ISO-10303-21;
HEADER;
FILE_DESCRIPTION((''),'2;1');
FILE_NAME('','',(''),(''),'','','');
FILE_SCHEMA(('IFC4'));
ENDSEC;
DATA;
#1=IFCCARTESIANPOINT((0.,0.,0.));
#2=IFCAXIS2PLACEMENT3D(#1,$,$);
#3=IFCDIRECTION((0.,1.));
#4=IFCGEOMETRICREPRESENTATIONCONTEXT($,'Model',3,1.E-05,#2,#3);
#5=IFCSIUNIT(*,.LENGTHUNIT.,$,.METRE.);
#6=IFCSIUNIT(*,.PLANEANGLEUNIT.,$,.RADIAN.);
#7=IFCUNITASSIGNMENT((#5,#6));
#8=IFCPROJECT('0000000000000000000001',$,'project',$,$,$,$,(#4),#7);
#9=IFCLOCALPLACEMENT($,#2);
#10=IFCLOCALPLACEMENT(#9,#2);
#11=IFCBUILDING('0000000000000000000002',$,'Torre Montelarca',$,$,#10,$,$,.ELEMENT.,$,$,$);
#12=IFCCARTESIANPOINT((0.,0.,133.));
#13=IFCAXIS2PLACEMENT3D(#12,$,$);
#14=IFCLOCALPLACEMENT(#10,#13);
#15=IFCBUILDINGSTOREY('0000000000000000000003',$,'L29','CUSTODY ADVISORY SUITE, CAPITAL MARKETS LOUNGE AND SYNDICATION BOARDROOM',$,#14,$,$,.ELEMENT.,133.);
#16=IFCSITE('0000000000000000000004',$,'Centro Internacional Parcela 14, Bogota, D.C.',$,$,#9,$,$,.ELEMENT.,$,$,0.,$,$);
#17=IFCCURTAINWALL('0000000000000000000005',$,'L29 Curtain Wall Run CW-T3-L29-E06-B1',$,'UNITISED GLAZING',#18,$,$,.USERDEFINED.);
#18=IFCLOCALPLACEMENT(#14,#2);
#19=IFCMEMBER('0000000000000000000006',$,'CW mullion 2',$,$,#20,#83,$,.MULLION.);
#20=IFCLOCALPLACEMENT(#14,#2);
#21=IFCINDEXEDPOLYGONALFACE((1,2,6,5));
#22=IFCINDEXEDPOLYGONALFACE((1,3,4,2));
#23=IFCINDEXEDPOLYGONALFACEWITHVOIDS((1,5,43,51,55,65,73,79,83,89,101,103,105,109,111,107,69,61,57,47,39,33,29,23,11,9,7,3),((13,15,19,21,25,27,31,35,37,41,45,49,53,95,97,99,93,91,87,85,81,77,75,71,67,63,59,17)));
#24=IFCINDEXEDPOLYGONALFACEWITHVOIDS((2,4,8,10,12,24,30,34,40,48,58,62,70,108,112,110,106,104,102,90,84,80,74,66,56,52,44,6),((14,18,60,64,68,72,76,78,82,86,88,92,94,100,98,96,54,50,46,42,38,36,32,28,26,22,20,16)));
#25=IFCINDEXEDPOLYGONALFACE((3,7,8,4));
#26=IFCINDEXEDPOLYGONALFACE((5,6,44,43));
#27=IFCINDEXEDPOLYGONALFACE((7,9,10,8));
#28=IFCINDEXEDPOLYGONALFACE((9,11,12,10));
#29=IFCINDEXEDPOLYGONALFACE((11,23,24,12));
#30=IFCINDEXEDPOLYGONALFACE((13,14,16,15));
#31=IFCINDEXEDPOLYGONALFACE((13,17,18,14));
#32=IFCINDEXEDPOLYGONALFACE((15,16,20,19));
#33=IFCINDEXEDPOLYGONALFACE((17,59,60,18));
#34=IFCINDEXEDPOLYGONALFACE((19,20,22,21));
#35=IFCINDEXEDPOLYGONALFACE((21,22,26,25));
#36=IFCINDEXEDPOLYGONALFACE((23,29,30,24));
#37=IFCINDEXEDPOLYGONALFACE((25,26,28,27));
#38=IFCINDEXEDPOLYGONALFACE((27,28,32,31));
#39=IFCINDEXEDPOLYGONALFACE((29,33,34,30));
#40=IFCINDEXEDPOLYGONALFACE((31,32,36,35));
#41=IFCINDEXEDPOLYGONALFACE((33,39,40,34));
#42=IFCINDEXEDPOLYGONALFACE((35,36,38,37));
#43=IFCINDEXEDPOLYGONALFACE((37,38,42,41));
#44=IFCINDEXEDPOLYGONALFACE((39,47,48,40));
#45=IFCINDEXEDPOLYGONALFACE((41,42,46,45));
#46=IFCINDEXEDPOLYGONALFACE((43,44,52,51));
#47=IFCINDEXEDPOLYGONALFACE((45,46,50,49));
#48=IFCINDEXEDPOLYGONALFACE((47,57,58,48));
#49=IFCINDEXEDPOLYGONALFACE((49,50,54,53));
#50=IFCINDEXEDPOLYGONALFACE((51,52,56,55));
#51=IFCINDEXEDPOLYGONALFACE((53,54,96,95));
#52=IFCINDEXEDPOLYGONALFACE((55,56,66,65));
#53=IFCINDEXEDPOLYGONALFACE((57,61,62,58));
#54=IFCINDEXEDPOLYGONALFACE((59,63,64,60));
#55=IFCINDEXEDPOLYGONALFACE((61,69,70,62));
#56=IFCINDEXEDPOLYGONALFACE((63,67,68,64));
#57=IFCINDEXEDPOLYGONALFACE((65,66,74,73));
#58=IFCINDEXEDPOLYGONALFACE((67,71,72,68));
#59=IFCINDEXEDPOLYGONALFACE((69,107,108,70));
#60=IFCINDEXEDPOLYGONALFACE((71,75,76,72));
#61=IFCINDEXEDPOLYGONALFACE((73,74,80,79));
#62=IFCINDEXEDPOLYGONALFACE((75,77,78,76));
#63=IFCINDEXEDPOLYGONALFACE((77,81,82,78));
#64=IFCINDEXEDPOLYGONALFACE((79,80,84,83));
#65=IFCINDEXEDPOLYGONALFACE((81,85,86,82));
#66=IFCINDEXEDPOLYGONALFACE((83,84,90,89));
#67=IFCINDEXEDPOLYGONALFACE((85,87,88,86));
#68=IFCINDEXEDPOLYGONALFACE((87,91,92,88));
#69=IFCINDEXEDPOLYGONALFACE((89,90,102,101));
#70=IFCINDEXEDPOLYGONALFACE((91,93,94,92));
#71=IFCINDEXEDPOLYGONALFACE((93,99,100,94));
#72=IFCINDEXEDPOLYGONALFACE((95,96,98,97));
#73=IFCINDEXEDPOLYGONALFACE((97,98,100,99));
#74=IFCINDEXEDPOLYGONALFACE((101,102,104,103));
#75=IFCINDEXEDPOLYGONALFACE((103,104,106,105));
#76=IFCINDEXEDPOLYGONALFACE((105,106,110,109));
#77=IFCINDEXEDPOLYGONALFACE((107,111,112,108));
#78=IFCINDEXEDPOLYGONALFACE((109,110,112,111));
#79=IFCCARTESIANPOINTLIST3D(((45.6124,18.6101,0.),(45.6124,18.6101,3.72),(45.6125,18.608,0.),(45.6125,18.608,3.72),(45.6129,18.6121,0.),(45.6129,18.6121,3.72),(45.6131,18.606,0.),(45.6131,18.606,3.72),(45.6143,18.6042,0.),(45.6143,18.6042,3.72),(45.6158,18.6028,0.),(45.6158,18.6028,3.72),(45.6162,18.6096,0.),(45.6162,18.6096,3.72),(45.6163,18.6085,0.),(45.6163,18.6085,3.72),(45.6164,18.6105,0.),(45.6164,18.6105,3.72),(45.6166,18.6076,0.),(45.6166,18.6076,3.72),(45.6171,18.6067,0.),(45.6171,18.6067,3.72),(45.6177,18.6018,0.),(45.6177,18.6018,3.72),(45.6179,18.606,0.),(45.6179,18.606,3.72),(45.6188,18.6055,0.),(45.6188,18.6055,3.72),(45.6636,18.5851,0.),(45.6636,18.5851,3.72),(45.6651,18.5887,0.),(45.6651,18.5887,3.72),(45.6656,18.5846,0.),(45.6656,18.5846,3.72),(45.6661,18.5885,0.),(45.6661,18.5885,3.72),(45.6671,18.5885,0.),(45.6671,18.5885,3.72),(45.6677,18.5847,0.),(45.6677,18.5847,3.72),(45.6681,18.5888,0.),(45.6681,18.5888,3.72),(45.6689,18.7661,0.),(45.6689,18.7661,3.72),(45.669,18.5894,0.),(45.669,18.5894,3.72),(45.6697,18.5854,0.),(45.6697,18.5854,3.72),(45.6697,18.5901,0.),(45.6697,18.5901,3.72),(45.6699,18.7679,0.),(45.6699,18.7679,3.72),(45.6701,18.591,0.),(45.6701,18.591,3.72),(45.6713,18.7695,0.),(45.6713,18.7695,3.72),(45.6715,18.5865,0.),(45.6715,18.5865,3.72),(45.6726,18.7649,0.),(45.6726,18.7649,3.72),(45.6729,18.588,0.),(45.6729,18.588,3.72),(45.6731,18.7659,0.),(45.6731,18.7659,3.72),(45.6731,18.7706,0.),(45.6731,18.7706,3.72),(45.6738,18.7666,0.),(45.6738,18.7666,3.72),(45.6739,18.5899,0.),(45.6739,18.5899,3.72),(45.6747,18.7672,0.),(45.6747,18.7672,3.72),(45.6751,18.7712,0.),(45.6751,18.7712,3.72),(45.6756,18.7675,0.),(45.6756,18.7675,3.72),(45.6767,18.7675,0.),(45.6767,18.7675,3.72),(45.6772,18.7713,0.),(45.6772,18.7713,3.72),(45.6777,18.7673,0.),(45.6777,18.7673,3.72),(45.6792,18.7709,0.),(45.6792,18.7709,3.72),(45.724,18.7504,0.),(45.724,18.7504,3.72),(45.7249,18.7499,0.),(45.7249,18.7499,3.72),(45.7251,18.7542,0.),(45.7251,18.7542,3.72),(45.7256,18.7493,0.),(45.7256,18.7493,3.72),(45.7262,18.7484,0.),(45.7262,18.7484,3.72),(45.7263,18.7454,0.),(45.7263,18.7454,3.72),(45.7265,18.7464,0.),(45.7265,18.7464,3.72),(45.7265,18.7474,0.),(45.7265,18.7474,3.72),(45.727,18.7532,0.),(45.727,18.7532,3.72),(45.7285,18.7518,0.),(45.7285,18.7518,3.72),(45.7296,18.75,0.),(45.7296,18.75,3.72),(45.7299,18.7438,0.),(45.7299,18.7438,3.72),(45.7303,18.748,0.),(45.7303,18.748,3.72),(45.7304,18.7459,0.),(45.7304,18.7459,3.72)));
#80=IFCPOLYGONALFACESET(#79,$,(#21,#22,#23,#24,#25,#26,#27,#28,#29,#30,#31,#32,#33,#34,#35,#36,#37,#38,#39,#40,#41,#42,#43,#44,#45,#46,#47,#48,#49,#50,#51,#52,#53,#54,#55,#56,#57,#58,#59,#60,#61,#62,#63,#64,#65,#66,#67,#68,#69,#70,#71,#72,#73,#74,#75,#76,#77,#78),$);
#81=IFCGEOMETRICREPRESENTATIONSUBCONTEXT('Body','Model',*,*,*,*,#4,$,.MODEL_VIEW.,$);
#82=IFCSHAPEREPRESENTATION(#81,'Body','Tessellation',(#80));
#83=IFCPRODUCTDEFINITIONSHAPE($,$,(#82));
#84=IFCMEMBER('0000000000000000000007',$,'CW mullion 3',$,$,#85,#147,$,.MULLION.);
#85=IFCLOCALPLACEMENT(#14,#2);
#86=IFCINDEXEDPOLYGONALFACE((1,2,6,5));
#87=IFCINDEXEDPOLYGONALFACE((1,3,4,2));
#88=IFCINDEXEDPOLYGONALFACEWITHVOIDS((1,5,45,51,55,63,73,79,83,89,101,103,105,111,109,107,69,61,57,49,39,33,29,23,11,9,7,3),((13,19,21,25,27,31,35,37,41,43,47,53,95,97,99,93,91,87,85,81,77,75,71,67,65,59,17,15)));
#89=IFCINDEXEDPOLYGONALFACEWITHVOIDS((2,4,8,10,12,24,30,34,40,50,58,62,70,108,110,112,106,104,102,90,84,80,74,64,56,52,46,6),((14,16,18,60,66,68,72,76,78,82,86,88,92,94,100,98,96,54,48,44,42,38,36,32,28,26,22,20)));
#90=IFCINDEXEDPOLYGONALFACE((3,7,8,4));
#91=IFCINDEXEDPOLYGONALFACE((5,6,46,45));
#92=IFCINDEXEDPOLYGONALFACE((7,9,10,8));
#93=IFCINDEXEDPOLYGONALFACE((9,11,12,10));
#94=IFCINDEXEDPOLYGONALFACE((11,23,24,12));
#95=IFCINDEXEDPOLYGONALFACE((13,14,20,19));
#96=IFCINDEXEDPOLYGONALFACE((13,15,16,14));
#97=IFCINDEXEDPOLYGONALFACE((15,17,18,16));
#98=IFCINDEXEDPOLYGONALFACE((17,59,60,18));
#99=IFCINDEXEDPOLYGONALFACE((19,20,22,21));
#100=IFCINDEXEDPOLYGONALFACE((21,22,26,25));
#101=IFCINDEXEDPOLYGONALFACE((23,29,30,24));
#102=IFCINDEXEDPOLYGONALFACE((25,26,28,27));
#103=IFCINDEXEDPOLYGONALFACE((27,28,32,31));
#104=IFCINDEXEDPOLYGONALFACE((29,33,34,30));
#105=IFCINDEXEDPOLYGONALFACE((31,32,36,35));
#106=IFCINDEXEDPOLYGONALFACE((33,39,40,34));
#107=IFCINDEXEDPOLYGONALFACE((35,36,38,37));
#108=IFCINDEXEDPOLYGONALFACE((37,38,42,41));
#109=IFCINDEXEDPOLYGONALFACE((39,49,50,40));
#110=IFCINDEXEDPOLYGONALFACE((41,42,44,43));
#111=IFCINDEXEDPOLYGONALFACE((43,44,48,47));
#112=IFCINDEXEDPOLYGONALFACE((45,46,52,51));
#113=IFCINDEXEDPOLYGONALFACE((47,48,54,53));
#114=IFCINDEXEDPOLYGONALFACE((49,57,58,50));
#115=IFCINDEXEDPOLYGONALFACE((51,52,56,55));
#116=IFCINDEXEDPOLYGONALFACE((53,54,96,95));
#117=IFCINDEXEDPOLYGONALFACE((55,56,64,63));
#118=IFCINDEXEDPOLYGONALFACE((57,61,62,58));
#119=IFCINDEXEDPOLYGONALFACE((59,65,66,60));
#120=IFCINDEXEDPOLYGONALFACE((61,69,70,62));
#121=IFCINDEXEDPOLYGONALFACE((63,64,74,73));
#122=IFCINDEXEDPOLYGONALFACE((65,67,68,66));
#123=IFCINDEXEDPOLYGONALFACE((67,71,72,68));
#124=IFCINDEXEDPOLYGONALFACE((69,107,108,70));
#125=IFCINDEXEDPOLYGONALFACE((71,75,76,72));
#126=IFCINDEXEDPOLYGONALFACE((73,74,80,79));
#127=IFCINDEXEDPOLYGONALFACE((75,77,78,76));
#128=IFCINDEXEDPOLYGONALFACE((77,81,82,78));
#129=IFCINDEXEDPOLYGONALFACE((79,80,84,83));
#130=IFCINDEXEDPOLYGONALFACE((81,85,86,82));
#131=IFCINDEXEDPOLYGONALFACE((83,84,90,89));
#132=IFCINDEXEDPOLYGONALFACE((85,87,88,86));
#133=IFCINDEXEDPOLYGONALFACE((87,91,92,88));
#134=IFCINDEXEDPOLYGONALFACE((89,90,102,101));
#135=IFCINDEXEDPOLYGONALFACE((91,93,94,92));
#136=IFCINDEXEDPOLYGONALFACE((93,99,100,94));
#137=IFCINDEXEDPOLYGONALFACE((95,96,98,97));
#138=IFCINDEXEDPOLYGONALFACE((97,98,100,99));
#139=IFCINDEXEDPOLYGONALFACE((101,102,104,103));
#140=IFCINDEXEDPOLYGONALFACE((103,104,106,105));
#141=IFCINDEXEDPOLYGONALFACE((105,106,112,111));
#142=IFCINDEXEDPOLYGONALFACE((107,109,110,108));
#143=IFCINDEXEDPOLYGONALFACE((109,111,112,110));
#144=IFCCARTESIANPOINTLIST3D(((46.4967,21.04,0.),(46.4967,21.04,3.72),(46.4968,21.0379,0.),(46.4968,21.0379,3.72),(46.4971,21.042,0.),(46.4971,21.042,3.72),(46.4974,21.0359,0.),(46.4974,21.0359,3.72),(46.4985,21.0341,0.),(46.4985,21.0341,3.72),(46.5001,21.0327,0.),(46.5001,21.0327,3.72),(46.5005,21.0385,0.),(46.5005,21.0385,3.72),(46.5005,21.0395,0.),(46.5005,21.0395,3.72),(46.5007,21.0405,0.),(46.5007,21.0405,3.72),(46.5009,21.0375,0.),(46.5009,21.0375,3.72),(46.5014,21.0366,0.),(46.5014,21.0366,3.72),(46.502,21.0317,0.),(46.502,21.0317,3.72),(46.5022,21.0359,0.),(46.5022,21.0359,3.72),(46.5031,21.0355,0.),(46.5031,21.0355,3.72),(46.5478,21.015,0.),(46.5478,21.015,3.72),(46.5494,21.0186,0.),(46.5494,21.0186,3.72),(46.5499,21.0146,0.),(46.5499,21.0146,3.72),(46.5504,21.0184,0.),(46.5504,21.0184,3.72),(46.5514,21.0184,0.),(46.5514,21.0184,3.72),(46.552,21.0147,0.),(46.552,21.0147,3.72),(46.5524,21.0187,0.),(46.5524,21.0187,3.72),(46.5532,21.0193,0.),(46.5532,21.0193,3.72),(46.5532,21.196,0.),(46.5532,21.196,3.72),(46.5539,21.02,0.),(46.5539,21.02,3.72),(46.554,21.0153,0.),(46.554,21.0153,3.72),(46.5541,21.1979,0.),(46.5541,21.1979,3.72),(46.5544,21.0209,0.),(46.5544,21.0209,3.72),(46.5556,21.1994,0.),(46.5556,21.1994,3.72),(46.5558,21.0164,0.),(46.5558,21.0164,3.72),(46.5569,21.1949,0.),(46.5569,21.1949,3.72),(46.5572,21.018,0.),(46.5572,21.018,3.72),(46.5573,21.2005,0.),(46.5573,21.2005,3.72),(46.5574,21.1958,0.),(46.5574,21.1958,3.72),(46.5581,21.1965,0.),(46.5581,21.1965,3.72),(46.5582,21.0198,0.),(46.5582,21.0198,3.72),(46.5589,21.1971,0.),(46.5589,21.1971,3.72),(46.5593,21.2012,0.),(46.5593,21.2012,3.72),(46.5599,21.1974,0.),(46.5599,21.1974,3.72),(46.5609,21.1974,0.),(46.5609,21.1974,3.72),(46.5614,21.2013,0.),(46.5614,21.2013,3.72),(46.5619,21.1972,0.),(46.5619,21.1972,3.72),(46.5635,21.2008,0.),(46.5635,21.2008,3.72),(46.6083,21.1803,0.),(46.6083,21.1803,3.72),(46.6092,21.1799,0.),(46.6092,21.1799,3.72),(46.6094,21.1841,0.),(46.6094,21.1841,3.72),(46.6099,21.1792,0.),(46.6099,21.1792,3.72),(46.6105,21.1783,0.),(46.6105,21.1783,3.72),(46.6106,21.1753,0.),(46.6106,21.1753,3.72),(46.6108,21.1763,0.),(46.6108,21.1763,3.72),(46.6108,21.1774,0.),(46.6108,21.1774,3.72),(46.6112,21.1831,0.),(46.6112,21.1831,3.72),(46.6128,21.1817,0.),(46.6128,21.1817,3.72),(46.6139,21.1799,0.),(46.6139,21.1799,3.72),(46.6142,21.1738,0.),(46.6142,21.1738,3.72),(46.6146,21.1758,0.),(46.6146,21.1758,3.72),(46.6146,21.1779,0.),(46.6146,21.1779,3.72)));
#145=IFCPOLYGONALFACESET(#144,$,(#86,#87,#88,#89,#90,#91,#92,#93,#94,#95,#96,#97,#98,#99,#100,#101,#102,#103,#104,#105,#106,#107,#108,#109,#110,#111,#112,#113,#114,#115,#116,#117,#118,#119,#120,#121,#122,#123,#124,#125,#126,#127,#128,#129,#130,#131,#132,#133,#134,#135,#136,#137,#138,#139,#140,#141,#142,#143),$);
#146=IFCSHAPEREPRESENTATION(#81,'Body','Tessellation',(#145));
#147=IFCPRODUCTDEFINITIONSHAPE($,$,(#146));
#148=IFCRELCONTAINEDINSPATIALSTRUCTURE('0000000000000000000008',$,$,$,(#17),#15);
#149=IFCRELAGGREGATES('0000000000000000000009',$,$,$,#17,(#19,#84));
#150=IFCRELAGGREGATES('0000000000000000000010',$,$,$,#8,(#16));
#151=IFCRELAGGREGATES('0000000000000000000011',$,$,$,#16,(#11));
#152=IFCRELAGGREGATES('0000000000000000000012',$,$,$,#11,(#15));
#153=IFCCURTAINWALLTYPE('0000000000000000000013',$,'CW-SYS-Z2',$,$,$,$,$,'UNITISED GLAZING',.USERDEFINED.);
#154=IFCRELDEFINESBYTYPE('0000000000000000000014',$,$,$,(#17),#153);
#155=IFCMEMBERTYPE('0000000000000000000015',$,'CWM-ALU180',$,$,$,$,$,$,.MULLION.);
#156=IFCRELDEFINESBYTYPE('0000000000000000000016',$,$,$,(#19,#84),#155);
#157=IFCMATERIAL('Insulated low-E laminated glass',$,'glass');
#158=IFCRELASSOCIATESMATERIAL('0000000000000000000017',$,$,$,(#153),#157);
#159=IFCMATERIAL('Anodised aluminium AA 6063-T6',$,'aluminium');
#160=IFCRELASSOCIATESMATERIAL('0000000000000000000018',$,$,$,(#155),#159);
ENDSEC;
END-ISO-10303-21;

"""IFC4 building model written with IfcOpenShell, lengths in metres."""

from ifc_helpers import new_model, si_unit, direction, frame, origin, origin_2d, place, context, subcontext, project, spatial, hollow_rectangle, extrude, source, transform, mapped, material, material_profile, profile_set, type_object, element, aggregate, save


model = new_model("IFC4")

# Units and contexts
model_context = context("Model", 3, precision=1e-05, world=origin(), true_north=direction((0.0, 1.0)))
body_context = subcontext(model_context, "Body", "Model", "MODEL_VIEW")
ifc_project = project(units=[si_unit("LENGTHUNIT", "METRE"), si_unit("PLANEANGLEUNIT", "RADIAN")], contexts=[model_context])

# Site, building, storey
site_placement = place(None, origin())
site = spatial("IfcSite", under=ifc_project, at=site_placement, Name="Centro Internacional Parcela 14, Bogota, D.C.", CompositionType="ELEMENT", RefElevation=0.0)
building_placement = place(site_placement, origin())
building = spatial("IfcBuilding", under=site, at=building_placement, Name="Torre Montelarca", CompositionType="ELEMENT")
storey_placement = place(building_placement, frame((0.0, 0.0, 133.0)))
storey = spatial("IfcBuildingStorey", under=building, at=storey_placement, Name="L29", Description="CUSTODY ADVISORY SUITE, CAPITAL MARKETS LOUNGE AND SYNDICATION BOARDROOM", CompositionType="ELEMENT", Elevation=133.0)

# Curtain wall, members
ifc_material_1 = material(Name="Insulated low-E laminated glass", Category="glass")
curtain_wall_type = type_object("IfcCurtainWallType", Name="CW-SYS-Z2", ElementType="UNITISED GLAZING", PredefinedType="USERDEFINED", material=ifc_material_1)
ifc_material_2 = material(Name="Anodised aluminium AA 6063-T6", Category="aluminium")
ifc_material_profile_1 = material_profile(ifc_material_2, hollow_rectangle(XDim=0.0649, YDim=0.1799, WallThickness=0.0039, InnerFilletRadius=0.0039, OuterFilletRadius=0.0081, at=origin_2d()), Name="ALU65X180X4", Category="aluminium")
ifc_profile_set_1 = profile_set([ifc_material_profile_1], Name="Anodised aluminium AA 6063-T6")
member_type_1 = type_object("IfcMemberType", Name="CWM-ALU180", PredefinedType="MULLION", material=ifc_profile_set_1)
shared_shape_1 = source(origin(), body_context, "Body", "SweptSolid", [
    extrude(hollow_rectangle(XDim=0.0649, YDim=0.1799, WallThickness=0.0039, InnerFilletRadius=0.0039, OuterFilletRadius=0.0081, at=origin_2d()), origin(), (0.0, 0.0, 1.0), 3.72),
])
curtain_wall_1_placement = place(storey_placement, origin())
curtain_wall_1 = element("IfcCurtainWall", 1, at=curtain_wall_1_placement, inside=storey, type_object=curtain_wall_type, Name="L29 Curtain Wall Run CW-T3-L29-E06-B1", ObjectType="UNITISED GLAZING", PredefinedType="USERDEFINED")
member_1_placement = place(storey_placement, frame((45.6714, 18.678, 0.0), z_axis=(0.0, 0.0, 1.0), x_axis=(-0.939689, 0.342031, 0.0)))
member_1 = element("IfcMember", 2, at=member_1_placement, type_object=member_type_1, Name="CW mullion 2", PredefinedType="MULLION", context=body_context, shape_type="MappedRepresentation", body=[
    mapped(shared_shape_1, transform((0.0, 0.0, 0.0), scale=1.0)),
])
member_2_placement = place(storey_placement, frame((46.5557, 21.1079, 0.0), z_axis=(0.0, 0.0, 1.0), x_axis=(-0.939689, 0.342031, 0.0)))
member_2 = element("IfcMember", 3, at=member_2_placement, type_object=member_type_1, Name="CW mullion 3", PredefinedType="MULLION", context=body_context, shape_type="MappedRepresentation", body=[
    mapped(shared_shape_1, transform((0.0, 0.0, 0.0), scale=1.0)),
])

aggregate(curtain_wall_1, [member_1, member_2])

save(model, "model.ifc")
